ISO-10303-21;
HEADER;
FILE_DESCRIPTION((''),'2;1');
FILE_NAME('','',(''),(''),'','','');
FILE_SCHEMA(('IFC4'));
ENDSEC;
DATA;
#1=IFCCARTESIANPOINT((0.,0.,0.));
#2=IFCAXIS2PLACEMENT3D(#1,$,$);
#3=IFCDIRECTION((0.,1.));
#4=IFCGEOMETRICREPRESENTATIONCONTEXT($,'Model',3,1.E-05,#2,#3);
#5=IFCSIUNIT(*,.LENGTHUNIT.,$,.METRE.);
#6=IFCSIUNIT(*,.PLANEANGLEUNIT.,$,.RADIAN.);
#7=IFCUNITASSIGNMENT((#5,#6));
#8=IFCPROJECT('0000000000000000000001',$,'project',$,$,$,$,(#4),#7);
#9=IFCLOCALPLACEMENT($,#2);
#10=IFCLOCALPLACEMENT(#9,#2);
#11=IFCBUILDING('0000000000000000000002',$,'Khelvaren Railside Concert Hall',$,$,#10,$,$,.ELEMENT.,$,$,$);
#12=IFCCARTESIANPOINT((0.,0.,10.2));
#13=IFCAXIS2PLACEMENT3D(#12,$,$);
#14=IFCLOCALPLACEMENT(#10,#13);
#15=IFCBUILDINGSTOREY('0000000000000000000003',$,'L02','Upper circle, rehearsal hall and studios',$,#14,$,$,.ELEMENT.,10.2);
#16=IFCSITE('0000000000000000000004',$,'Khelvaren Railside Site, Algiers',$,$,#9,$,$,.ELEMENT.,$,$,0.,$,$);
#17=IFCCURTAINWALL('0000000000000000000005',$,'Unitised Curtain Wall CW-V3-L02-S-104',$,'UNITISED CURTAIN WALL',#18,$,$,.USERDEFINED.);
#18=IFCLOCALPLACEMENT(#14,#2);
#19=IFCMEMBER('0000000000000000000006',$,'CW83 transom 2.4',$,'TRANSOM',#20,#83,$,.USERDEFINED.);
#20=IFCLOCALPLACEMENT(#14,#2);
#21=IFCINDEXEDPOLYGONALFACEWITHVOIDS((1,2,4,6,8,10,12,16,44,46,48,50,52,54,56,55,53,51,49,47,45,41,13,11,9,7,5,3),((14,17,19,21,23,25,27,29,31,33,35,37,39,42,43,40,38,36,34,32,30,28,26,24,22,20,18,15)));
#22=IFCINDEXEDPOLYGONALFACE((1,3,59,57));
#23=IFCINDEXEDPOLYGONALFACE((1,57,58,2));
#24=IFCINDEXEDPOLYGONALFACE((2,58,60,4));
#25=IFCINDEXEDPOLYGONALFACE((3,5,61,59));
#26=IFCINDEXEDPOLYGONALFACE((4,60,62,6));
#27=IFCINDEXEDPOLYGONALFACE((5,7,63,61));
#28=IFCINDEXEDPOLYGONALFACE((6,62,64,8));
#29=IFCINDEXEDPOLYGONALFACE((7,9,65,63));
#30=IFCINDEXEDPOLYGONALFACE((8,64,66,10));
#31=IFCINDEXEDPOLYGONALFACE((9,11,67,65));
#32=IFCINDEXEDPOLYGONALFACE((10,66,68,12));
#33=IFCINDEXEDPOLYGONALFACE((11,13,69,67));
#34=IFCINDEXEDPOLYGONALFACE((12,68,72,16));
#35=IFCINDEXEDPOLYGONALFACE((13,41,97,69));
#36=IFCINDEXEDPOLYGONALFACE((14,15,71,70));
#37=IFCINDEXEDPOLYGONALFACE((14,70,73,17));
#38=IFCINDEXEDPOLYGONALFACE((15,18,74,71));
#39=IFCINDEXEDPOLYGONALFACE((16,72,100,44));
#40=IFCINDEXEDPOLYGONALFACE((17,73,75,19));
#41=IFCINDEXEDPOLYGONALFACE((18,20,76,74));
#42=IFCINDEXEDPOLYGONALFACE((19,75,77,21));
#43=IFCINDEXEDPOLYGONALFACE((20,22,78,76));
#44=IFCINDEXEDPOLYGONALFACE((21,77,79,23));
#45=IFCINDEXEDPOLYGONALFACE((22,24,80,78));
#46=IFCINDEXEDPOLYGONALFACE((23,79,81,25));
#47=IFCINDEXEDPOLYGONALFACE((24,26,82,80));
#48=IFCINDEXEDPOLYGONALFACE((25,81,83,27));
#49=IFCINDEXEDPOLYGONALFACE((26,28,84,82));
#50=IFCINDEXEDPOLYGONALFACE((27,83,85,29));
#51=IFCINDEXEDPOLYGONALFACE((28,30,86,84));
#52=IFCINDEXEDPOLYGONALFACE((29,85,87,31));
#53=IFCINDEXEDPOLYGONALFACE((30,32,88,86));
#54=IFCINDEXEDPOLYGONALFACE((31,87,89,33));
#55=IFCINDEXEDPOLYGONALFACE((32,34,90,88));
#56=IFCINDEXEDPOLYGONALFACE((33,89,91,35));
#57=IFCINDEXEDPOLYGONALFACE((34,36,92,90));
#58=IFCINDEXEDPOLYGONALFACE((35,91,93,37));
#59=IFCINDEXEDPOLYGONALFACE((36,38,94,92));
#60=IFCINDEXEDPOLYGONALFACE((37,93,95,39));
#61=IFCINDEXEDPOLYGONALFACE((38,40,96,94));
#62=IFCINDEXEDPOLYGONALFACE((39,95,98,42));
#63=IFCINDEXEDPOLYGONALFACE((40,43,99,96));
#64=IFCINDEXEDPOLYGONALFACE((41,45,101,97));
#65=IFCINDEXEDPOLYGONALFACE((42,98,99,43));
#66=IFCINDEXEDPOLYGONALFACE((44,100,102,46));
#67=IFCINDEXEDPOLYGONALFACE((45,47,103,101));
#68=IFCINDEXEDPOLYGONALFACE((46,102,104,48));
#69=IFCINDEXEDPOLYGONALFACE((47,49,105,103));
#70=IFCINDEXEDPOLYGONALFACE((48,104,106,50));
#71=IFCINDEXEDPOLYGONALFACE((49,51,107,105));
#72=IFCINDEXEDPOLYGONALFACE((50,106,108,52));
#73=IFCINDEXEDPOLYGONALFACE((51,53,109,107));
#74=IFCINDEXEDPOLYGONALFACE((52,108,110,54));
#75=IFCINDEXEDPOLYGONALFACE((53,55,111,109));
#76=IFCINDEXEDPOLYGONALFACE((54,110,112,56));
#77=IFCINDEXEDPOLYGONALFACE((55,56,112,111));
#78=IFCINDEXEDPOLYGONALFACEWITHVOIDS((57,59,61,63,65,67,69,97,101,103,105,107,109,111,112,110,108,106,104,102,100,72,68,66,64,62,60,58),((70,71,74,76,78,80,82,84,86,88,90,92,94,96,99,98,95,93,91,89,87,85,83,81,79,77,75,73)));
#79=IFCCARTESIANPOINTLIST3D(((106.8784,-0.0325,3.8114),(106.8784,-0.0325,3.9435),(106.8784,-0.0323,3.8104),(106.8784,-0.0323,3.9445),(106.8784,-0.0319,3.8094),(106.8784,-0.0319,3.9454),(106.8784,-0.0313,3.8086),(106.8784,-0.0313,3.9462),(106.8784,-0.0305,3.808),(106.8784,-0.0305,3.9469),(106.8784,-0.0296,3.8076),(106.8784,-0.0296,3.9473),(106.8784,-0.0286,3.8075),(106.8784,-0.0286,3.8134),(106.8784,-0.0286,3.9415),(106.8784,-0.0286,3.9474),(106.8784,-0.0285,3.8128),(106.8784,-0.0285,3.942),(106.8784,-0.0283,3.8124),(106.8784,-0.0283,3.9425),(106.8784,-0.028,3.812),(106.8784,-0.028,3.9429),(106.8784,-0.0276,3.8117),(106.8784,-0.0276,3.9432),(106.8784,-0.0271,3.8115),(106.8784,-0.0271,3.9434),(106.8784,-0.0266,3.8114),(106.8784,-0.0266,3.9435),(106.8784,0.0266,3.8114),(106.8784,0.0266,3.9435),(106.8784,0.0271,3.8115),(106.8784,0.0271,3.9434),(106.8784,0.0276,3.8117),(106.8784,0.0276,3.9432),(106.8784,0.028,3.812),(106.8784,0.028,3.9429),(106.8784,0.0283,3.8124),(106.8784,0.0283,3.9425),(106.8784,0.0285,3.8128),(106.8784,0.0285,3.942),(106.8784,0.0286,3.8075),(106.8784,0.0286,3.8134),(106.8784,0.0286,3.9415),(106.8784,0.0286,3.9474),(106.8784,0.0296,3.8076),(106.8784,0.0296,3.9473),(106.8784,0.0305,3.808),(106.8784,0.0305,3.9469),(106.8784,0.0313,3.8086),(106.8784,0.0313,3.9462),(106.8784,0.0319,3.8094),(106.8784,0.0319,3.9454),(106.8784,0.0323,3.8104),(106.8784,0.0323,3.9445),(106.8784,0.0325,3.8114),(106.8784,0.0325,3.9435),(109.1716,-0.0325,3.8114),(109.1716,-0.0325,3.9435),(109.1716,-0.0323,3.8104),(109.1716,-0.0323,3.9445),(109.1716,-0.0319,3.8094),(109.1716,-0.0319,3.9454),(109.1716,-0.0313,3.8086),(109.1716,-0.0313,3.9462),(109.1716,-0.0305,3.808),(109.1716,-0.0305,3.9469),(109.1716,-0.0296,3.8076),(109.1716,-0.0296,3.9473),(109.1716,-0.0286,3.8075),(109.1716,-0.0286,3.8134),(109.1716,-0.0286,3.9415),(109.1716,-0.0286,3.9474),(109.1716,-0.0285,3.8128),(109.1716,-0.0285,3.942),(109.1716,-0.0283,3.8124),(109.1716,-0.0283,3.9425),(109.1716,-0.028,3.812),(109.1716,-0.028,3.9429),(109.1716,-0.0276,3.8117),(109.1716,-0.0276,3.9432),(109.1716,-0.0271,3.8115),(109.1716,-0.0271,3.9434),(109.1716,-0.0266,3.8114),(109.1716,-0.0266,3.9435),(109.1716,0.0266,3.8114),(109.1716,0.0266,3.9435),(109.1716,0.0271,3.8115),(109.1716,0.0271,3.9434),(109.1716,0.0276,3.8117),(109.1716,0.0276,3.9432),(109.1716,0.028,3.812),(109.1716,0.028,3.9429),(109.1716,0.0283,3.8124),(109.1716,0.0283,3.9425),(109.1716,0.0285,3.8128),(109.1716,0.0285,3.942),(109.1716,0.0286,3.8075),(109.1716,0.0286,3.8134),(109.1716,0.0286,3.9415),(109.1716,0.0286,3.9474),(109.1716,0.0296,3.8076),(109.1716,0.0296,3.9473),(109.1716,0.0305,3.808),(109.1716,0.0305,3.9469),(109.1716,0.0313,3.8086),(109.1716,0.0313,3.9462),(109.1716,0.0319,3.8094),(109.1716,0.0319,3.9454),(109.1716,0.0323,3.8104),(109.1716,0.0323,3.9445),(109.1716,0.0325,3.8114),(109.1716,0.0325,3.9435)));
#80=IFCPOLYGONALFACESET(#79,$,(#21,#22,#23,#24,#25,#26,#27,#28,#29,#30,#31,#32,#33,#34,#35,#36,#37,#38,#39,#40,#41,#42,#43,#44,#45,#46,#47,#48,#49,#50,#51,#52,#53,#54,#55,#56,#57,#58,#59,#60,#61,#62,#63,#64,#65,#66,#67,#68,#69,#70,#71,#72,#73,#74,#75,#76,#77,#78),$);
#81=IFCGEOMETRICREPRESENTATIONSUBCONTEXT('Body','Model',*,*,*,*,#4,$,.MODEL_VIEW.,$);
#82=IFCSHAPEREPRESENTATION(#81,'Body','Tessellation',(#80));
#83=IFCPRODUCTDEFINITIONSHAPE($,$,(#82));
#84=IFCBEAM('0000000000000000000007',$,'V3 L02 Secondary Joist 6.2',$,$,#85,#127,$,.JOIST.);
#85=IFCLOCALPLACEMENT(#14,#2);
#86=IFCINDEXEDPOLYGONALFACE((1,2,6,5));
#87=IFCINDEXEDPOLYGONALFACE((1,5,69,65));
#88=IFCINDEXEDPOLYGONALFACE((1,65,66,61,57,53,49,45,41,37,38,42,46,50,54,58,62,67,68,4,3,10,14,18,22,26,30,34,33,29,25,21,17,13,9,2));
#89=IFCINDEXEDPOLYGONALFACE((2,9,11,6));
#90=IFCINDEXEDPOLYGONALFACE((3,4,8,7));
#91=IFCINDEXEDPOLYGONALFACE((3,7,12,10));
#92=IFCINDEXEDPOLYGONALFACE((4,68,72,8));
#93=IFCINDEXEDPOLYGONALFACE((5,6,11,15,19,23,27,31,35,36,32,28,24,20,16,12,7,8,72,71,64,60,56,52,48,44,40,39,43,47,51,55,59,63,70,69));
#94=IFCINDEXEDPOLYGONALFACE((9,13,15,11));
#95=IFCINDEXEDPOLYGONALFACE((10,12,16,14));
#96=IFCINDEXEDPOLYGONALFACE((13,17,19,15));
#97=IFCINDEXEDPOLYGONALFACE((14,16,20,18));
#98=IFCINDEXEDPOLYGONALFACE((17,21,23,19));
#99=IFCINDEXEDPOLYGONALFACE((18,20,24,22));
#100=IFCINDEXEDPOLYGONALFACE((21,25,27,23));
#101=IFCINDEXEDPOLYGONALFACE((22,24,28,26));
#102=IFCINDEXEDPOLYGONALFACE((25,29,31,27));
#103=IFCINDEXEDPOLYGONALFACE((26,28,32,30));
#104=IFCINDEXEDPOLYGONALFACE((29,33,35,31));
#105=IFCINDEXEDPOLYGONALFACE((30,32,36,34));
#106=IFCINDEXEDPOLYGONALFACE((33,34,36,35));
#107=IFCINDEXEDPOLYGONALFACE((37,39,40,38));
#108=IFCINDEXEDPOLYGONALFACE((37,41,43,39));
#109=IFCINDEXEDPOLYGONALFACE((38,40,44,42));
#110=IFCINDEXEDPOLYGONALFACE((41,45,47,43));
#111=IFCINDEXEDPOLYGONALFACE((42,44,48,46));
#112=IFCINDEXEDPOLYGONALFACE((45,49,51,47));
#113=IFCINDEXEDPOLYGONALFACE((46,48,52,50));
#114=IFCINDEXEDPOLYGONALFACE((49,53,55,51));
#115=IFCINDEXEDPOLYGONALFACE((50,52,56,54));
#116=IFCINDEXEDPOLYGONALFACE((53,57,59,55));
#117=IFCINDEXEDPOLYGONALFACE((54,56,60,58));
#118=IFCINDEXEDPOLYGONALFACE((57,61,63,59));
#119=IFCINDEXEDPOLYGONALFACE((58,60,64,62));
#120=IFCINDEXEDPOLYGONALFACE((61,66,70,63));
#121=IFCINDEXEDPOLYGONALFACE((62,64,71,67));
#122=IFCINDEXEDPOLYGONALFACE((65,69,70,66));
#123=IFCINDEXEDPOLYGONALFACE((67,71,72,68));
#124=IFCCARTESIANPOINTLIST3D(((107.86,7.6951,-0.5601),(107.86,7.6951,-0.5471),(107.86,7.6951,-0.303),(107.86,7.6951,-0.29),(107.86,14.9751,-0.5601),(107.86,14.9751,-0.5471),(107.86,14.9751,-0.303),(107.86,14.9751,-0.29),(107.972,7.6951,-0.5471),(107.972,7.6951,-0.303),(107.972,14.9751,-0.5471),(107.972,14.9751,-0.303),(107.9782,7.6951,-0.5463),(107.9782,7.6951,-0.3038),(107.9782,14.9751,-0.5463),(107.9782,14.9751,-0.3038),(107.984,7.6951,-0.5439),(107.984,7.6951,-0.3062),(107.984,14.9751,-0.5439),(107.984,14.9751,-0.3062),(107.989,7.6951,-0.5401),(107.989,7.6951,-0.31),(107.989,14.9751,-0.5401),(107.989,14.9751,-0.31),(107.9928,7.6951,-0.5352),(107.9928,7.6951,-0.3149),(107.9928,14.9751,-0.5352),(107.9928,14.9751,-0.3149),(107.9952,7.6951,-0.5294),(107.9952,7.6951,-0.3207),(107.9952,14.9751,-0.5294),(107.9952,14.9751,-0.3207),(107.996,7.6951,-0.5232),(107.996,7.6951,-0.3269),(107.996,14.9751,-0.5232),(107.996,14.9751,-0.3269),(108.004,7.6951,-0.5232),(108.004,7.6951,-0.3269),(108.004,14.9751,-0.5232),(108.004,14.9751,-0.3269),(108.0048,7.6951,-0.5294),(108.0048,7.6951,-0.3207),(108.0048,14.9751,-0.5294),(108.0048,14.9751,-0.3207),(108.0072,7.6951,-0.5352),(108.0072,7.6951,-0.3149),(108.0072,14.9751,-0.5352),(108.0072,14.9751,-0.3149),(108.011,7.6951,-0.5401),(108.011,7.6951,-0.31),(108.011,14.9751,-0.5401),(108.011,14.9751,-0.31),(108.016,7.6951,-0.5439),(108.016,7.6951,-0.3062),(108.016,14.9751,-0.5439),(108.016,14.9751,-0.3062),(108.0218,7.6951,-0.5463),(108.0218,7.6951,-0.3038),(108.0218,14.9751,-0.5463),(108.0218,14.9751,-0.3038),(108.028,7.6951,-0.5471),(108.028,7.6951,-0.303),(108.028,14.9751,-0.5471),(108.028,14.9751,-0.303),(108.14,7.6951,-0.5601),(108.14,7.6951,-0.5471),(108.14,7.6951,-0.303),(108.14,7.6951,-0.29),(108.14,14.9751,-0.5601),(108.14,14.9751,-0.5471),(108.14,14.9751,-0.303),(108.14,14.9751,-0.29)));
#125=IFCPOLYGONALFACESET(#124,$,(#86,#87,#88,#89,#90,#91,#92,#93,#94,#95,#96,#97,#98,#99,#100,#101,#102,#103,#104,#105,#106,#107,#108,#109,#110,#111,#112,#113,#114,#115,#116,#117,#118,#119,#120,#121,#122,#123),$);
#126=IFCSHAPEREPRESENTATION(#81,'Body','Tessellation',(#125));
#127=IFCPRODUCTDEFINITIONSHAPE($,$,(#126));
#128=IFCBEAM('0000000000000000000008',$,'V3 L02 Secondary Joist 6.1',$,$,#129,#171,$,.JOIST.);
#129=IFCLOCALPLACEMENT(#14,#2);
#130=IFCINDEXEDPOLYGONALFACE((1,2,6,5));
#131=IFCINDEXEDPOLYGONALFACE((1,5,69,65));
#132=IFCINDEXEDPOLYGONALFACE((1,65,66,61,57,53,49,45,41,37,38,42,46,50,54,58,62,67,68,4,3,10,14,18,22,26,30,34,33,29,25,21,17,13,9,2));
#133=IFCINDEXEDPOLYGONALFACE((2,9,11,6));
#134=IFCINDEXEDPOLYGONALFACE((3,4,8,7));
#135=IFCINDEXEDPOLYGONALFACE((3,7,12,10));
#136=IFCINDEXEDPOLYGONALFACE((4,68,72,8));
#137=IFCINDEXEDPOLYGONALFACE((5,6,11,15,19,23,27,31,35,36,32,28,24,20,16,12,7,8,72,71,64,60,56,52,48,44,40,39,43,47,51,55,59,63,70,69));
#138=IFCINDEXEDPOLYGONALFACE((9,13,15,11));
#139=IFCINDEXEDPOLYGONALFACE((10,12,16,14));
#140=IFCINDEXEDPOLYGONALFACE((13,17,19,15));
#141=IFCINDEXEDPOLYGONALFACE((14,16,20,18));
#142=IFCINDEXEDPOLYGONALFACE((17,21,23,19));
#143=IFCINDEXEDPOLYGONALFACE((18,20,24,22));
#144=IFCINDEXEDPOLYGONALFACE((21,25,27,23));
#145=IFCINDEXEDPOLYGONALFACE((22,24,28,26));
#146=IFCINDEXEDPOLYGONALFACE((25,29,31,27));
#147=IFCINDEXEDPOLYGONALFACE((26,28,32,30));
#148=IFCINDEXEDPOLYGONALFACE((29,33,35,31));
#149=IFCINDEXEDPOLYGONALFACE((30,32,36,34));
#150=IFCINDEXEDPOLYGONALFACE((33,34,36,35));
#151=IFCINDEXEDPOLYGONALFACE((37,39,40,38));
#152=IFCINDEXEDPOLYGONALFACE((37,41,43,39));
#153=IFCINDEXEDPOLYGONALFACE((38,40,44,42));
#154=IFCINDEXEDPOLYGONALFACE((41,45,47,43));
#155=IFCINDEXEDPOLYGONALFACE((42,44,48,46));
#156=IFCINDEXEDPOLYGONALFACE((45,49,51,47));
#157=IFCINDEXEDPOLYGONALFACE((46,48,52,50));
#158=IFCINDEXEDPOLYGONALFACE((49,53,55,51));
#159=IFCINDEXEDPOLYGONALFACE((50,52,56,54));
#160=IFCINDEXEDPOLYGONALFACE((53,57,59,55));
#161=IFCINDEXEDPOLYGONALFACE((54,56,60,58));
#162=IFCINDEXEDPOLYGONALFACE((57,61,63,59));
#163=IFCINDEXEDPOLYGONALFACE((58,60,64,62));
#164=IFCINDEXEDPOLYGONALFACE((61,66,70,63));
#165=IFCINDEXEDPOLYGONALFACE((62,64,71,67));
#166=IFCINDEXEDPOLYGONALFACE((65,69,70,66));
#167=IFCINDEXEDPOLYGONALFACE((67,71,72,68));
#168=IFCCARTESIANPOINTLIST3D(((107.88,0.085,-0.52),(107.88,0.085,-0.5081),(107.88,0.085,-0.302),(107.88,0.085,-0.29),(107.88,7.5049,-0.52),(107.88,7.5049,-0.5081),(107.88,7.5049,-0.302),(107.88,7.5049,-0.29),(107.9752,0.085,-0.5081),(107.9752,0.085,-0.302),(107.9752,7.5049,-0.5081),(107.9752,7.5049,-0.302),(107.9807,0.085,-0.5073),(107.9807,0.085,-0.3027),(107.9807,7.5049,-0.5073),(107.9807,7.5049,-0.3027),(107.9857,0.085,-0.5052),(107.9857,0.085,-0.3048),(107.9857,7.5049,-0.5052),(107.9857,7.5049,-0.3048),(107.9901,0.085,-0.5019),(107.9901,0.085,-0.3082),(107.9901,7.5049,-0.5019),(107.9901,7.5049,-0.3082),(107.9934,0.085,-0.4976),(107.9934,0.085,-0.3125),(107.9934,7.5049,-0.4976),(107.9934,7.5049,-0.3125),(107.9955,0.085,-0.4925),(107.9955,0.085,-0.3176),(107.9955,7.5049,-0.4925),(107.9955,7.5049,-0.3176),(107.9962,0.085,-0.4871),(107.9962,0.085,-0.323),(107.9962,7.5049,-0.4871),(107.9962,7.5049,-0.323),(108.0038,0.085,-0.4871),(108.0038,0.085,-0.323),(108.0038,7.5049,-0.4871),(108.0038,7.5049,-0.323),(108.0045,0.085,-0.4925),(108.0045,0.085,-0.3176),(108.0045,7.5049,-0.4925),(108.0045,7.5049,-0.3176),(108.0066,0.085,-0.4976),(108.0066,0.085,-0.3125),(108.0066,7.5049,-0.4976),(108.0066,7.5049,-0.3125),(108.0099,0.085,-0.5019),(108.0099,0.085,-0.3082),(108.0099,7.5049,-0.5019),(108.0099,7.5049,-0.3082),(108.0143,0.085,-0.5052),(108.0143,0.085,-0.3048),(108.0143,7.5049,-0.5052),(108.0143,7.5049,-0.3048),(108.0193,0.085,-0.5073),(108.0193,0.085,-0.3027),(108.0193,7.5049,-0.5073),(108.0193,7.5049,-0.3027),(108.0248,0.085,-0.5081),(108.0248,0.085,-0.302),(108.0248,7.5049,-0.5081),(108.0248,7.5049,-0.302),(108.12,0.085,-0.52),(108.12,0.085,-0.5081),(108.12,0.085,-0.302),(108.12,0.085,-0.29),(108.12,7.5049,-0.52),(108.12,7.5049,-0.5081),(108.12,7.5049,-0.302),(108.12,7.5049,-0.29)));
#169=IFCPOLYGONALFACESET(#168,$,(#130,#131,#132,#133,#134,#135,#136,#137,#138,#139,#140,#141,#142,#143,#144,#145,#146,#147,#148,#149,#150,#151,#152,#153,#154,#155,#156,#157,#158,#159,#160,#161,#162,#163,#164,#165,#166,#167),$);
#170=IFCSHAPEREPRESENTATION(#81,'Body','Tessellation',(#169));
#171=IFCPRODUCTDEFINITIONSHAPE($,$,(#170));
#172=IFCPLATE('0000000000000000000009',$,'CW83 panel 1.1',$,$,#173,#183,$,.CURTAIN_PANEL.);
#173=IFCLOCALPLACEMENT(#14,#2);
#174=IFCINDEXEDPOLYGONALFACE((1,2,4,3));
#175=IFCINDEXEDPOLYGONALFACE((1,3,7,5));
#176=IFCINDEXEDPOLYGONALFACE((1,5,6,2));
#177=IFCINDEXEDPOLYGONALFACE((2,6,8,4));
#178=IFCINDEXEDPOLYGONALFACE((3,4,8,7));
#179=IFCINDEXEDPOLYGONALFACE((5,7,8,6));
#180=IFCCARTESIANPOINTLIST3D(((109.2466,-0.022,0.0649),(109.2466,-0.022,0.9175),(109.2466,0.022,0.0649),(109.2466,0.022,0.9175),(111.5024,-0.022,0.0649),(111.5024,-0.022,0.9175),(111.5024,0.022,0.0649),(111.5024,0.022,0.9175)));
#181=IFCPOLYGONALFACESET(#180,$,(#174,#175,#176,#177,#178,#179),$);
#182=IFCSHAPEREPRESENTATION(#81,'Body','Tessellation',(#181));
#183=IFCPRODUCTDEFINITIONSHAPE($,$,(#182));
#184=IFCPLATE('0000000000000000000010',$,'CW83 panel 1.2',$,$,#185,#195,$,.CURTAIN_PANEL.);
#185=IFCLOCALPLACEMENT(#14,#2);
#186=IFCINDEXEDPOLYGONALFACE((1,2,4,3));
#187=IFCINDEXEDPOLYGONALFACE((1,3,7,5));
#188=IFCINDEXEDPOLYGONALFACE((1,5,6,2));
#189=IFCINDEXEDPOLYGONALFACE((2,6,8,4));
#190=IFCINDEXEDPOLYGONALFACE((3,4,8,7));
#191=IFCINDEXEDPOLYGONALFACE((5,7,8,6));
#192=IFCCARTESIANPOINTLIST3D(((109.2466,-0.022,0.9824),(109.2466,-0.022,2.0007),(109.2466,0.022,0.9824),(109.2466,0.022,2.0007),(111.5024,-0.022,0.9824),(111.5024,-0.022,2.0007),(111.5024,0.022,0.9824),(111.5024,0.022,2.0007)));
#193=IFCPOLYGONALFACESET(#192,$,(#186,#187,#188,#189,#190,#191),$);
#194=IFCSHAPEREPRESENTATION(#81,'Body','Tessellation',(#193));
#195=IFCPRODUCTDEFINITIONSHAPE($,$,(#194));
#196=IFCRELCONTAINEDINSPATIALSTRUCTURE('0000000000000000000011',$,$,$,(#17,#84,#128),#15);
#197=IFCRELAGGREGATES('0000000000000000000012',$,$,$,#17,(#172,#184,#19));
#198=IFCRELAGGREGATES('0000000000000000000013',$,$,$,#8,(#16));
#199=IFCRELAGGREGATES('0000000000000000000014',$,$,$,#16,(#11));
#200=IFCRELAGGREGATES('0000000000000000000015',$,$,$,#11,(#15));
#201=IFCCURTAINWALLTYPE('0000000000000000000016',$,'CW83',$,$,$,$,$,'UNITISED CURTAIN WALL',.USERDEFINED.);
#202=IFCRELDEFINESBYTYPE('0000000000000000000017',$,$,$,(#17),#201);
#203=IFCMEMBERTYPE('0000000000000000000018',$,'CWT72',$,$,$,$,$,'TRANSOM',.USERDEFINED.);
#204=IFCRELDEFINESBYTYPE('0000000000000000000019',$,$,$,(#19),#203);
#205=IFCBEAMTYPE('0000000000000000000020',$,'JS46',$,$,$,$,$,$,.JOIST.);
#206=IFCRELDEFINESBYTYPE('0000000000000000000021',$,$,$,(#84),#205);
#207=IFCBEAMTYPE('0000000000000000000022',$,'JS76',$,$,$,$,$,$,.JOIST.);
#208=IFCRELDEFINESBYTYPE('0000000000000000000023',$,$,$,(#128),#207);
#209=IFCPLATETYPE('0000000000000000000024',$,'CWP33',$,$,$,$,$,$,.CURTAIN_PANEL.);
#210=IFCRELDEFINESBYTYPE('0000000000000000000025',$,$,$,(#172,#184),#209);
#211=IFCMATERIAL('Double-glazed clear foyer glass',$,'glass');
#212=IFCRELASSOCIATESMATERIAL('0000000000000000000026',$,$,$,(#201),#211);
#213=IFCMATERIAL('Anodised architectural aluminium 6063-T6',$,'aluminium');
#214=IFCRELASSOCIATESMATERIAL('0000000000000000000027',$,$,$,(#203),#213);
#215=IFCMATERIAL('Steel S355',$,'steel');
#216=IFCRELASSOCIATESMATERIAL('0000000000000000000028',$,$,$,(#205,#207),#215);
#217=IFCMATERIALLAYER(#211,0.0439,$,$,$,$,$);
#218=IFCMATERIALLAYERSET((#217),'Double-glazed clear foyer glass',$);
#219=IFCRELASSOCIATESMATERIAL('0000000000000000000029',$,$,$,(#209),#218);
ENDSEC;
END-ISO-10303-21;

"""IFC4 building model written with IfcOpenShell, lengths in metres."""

from ifc_helpers import new_model, si_unit, direction, frame, origin, origin_2d, place, context, subcontext, project, spatial, rectangle, hollow_rectangle, i_section, extrude, material, layer, layer_set, material_profile, profile_set, type_object, element, aggregate, save


model = new_model("IFC4")

# Units and contexts
model_context = context("Model", 3, precision=1e-05, world=origin(), true_north=direction((0.0, 1.0)))
body_context = subcontext(model_context, "Body", "Model", "MODEL_VIEW")
ifc_project = project(units=[si_unit("LENGTHUNIT", "METRE"), si_unit("PLANEANGLEUNIT", "RADIAN")], contexts=[model_context])

# Site, building, storey
site_placement = place(None, origin())
site = spatial("IfcSite", under=ifc_project, at=site_placement, Name="Khelvaren Railside Site, Algiers", CompositionType="ELEMENT", RefElevation=0.0)
building_placement = place(site_placement, origin())
building = spatial("IfcBuilding", under=site, at=building_placement, Name="Khelvaren Railside Concert Hall", CompositionType="ELEMENT")
storey_placement = place(building_placement, frame((0.0, 0.0, 10.2)))
storey = spatial("IfcBuildingStorey", under=building, at=storey_placement, Name="L02", Description="Upper circle, rehearsal hall and studios", CompositionType="ELEMENT", Elevation=10.2)

# Shared definitions
ifc_material_1 = material(Name="Steel S355", Category="steel")

# Curtain wall, member
ifc_material_2 = material(Name="Double-glazed clear foyer glass", Category="glass")
curtain_wall_type = type_object("IfcCurtainWallType", Name="CW83", ElementType="UNITISED CURTAIN WALL", PredefinedType="USERDEFINED", material=ifc_material_2)
curtain_wall_placement = place(storey_placement, origin())
curtain_wall = element("IfcCurtainWall", 1, at=curtain_wall_placement, inside=storey, type_object=curtain_wall_type, Name="Unitised Curtain Wall CW-V3-L02-S-104", ObjectType="UNITISED CURTAIN WALL", PredefinedType="USERDEFINED")
ifc_material_3 = material(Name="Anodised architectural aluminium 6063-T6", Category="aluminium")
ifc_material_profile_1 = material_profile(ifc_material_3, hollow_rectangle(XDim=0.0649, YDim=0.1399, WallThickness=0.0039, InnerFilletRadius=0.002, OuterFilletRadius=0.0039, at=origin_2d()), Name="CWT 65x140x4")
ifc_profile_set_1 = profile_set([ifc_material_profile_1], Name="Anodised architectural aluminium 6063-T6")
member_type_1 = type_object("IfcMemberType", Name="CWT72", ElementType="TRANSOM", PredefinedType="USERDEFINED", material=ifc_profile_set_1)
member_1_placement = place(storey_placement, frame((109.1716, 0.0, 3.8774), z_axis=(-1.0, 0.0, 0.0), x_axis=(0.0, -1.0, 0.0)))
member_1 = element("IfcMember", 2, at=member_1_placement, type_object=member_type_1, Name="CW83 transom 2.4", ObjectType="TRANSOM", PredefinedType="USERDEFINED", context=body_context, shape_type="SweptSolid", body=[
    extrude(hollow_rectangle(XDim=0.0649, YDim=0.1399, WallThickness=0.0039, InnerFilletRadius=0.002, OuterFilletRadius=0.0039, at=origin_2d()), origin(), (0.0, 0.0, 1.0), 2.2932),
])

# Beams
ifc_material_profile_2 = material_profile(ifc_material_1, i_section(OverallWidth=0.28, OverallDepth=0.27, WebThickness=0.0081, FlangeThickness=0.0129, FilletRadius=0.0239, at=origin_2d()), Name="HEA 280")
ifc_profile_set_2 = profile_set([ifc_material_profile_2], Name="Steel S355")
beam_type_1 = type_object("IfcBeamType", Name="JS46", PredefinedType="JOIST", material=ifc_profile_set_2)
beam_1_placement = place(storey_placement, frame((108.0, 7.6951, -0.425), z_axis=(0.0, 1.0, 0.0), x_axis=(-1.0, 0.0, 0.0)))
element("IfcBeam", 3, at=beam_1_placement, inside=storey, type_object=beam_type_1, Name="V3 L02 Secondary Joist 6.2", PredefinedType="JOIST", context=body_context, shape_type="SweptSolid", body=[
    extrude(i_section(OverallWidth=0.28, OverallDepth=0.27, WebThickness=0.0081, FlangeThickness=0.0129, FilletRadius=0.0239, at=origin_2d()), origin(), (0.0, 0.0, 1.0), 7.28),
])
ifc_material_profile_3 = material_profile(ifc_material_1, i_section(OverallWidth=0.24, OverallDepth=0.23, WebThickness=0.0076, FlangeThickness=0.012, FilletRadius=0.021, at=origin_2d()), Name="HEA 240")
ifc_profile_set_3 = profile_set([ifc_material_profile_3], Name="Steel S355")
beam_type_2 = type_object("IfcBeamType", Name="JS76", PredefinedType="JOIST", material=ifc_profile_set_3)
beam_2_placement = place(storey_placement, frame((108.0, 0.085, -0.405), z_axis=(0.0, 1.0, 0.0), x_axis=(-1.0, 0.0, 0.0)))
element("IfcBeam", 4, at=beam_2_placement, inside=storey, type_object=beam_type_2, Name="V3 L02 Secondary Joist 6.1", PredefinedType="JOIST", context=body_context, shape_type="SweptSolid", body=[
    extrude(i_section(OverallWidth=0.24, OverallDepth=0.23, WebThickness=0.0076, FlangeThickness=0.012, FilletRadius=0.021, at=origin_2d()), origin(), (0.0, 0.0, 1.0), 7.4199),
])

# Plates
ifc_layer_1 = layer(ifc_material_2, 0.0439)
ifc_layer_set_1 = layer_set([ifc_layer_1], Name="Double-glazed clear foyer glass")
plate_type = type_object("IfcPlateType", Name="CWP33", PredefinedType="CURTAIN_PANEL", material=ifc_layer_set_1)
plate_1_placement = place(storey_placement, frame((110.3745, 0.0, 0.0649), z_axis=(0.0, 0.0, 1.0), x_axis=(-1.0, 0.0, 0.0)))
plate_1 = element("IfcPlate", 5, at=plate_1_placement, type_object=plate_type, Name="CW83 panel 1.1", PredefinedType="CURTAIN_PANEL", context=body_context, shape_type="SweptSolid", body=[
    extrude(rectangle(XDim=2.2559, YDim=0.0439, at=origin_2d()), origin(), (0.0, 0.0, 1.0), 0.8525),
])
plate_2_placement = place(storey_placement, frame((110.3745, 0.0, 0.9824), z_axis=(0.0, 0.0, 1.0), x_axis=(-1.0, 0.0, 0.0)))
plate_2 = element("IfcPlate", 6, at=plate_2_placement, type_object=plate_type, Name="CW83 panel 1.2", PredefinedType="CURTAIN_PANEL", context=body_context, shape_type="SweptSolid", body=[
    extrude(rectangle(XDim=2.2559, YDim=0.0439, at=origin_2d()), origin(), (0.0, 0.0, 1.0), 1.0183),
])
aggregate(curtain_wall, [plate_1, plate_2, member_1])

save(model, "model.ifc")
